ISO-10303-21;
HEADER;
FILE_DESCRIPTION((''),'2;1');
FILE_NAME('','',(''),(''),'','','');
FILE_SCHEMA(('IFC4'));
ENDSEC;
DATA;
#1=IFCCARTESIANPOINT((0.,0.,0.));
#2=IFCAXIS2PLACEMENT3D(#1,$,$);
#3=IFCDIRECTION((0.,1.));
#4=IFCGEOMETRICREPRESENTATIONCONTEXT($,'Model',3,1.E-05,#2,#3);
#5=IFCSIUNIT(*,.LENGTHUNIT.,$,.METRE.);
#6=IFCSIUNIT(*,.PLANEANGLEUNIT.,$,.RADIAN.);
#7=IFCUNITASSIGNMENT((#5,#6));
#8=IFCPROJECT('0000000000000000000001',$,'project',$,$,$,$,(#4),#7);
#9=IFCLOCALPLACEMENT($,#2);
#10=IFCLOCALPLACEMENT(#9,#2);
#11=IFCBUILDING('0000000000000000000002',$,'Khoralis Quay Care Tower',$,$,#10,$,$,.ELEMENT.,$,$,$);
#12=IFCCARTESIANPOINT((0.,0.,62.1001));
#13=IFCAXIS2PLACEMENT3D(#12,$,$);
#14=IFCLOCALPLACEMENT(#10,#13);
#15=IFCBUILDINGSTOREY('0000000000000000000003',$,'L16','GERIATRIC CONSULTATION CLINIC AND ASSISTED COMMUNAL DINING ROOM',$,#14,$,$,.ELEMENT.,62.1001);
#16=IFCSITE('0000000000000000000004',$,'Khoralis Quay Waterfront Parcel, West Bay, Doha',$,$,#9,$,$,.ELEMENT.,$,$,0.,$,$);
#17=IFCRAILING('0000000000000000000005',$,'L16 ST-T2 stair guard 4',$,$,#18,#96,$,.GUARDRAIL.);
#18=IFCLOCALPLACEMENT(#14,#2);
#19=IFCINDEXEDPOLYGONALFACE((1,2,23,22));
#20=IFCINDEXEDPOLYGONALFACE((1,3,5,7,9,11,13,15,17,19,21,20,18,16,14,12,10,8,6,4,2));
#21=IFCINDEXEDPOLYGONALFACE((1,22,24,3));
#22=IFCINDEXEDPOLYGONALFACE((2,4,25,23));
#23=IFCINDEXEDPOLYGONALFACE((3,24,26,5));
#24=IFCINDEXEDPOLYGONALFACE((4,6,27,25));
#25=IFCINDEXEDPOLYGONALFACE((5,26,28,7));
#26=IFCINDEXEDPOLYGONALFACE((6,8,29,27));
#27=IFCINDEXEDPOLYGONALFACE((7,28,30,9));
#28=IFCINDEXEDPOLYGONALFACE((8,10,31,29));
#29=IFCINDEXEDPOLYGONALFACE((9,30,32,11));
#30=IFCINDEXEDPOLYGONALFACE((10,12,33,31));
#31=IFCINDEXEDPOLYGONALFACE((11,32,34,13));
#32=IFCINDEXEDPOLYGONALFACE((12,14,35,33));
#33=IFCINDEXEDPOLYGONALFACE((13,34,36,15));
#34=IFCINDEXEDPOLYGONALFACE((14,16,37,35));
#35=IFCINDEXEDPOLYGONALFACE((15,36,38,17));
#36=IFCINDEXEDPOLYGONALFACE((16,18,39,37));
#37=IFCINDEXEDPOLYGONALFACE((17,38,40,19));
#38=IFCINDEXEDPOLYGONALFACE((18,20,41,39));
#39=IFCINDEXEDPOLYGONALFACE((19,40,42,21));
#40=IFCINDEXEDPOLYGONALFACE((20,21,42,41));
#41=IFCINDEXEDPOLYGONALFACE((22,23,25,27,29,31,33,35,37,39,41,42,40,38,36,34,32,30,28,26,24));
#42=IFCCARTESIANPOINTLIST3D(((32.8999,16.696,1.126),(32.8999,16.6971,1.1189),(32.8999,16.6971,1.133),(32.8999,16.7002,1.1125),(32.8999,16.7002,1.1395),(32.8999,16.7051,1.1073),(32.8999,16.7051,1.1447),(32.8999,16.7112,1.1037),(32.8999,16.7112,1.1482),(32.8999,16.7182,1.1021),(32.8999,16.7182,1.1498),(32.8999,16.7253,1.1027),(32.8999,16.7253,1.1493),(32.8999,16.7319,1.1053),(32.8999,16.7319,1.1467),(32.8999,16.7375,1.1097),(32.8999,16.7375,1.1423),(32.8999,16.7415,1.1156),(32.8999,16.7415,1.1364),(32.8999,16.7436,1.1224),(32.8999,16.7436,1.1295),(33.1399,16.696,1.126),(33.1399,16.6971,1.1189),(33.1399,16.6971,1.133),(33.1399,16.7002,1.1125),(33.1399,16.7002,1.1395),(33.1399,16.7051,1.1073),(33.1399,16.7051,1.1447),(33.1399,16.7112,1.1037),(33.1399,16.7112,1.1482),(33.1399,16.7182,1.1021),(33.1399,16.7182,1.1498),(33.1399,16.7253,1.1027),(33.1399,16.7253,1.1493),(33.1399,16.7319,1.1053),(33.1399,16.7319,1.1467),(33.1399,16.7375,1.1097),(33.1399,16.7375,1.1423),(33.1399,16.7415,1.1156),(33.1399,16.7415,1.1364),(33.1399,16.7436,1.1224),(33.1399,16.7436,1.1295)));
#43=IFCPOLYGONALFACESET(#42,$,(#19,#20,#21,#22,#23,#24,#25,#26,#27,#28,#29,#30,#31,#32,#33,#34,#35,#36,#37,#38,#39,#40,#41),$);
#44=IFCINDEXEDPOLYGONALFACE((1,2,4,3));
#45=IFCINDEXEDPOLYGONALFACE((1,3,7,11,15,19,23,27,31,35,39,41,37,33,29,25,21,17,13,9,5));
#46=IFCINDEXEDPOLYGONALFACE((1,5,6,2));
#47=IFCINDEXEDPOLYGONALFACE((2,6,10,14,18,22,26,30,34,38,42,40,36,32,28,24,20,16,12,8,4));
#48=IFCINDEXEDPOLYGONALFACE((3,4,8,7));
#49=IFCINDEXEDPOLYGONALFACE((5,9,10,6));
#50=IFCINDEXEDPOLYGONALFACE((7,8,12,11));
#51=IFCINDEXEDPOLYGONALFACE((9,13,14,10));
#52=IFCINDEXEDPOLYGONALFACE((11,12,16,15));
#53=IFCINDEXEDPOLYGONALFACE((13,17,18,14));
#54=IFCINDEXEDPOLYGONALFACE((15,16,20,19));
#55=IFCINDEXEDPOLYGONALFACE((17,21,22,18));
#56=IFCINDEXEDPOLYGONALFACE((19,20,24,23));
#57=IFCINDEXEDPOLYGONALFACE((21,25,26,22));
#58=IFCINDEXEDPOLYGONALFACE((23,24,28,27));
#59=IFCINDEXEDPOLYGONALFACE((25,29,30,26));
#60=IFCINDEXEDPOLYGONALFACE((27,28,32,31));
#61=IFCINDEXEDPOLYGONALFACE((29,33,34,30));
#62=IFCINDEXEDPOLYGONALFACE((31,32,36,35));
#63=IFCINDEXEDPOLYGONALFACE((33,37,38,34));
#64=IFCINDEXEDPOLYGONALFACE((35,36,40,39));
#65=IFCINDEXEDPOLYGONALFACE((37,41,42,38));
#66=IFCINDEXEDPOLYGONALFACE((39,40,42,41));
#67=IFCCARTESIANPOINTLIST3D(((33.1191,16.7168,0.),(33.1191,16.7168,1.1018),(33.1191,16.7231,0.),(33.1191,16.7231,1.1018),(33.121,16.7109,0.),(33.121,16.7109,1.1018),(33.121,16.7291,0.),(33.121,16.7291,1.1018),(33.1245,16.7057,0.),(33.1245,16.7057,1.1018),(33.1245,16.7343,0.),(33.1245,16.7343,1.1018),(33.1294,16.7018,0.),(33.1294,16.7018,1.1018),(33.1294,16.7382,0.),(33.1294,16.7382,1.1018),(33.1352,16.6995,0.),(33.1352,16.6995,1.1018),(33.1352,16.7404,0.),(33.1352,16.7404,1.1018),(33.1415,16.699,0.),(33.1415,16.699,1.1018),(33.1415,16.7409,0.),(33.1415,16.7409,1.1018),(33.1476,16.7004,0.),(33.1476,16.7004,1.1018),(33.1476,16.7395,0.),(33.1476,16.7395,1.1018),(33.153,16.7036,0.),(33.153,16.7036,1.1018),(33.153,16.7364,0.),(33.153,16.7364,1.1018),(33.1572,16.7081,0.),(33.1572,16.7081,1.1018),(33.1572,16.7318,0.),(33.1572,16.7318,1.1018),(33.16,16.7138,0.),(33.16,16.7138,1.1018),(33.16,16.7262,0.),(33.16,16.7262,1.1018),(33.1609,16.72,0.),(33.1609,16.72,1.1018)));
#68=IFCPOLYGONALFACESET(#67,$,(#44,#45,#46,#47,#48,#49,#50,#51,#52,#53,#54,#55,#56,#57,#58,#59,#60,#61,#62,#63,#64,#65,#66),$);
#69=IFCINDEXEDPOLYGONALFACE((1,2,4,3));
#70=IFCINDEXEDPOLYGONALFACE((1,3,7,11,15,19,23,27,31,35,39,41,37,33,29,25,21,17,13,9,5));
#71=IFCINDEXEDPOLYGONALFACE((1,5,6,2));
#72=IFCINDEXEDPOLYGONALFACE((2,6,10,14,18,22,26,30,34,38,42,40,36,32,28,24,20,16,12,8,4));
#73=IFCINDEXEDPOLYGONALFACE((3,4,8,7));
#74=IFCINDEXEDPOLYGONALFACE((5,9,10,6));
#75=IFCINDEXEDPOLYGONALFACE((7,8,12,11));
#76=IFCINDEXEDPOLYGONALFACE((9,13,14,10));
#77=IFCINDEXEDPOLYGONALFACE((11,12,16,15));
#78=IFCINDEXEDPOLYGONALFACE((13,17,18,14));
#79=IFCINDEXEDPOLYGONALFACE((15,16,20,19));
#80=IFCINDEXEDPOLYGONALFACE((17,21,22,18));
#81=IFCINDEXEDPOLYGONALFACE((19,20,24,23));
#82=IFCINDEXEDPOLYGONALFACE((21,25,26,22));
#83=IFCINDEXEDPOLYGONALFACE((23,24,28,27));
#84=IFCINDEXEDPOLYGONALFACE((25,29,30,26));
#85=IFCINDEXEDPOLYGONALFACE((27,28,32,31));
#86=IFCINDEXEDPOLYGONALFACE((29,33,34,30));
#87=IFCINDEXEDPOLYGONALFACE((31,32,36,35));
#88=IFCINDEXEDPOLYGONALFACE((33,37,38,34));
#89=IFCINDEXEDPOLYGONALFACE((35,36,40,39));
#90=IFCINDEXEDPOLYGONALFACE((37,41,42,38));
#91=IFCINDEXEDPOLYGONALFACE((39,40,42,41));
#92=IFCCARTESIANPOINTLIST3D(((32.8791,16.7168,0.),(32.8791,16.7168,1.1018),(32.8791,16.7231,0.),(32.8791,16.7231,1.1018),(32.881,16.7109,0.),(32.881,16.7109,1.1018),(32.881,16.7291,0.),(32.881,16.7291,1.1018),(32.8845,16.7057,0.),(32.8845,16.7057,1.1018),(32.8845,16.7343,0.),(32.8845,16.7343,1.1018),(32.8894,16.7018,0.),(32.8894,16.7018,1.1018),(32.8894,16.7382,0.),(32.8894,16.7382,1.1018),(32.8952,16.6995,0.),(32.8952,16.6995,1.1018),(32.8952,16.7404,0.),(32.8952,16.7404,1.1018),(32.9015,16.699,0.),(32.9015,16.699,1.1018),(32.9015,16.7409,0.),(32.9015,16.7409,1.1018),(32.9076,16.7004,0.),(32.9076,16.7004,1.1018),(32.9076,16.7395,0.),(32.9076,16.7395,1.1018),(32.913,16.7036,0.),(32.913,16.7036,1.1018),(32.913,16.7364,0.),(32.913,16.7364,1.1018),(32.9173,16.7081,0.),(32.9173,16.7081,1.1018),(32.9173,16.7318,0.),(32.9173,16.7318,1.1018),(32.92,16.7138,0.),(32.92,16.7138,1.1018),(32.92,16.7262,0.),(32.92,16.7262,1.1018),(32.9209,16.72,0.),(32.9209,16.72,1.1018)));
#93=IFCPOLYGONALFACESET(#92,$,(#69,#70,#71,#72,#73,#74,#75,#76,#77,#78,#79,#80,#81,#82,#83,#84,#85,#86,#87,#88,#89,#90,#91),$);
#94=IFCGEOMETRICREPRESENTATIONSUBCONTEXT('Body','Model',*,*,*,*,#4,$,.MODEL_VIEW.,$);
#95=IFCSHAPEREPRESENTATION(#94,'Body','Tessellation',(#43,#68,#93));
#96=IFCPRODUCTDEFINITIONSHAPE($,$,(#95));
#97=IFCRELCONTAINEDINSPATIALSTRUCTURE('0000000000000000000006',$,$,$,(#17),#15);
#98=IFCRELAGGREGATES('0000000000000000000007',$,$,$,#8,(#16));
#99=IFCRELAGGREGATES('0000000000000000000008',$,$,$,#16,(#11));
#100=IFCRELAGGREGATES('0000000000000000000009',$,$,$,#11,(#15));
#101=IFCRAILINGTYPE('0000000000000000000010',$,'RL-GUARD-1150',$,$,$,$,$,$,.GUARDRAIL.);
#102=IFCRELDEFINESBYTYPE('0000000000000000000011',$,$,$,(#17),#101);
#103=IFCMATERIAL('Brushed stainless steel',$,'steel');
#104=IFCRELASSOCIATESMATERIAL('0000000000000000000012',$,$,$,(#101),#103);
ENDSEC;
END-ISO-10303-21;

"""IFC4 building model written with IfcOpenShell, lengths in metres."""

from ifc_helpers import new_model, si_unit, direction, frame, origin, origin_2d, place, context, subcontext, project, spatial, circle, extrude, material, type_object, element, save


model = new_model("IFC4")

# Units and contexts
model_context = context("Model", 3, precision=1e-05, world=origin(), true_north=direction((0.0, 1.0)))
body_context = subcontext(model_context, "Body", "Model", "MODEL_VIEW")
ifc_project = project(units=[si_unit("LENGTHUNIT", "METRE"), si_unit("PLANEANGLEUNIT", "RADIAN")], contexts=[model_context])

# Site, building, storey
site_placement = place(None, origin())
site = spatial("IfcSite", under=ifc_project, at=site_placement, Name="Khoralis Quay Waterfront Parcel, West Bay, Doha", CompositionType="ELEMENT", RefElevation=0.0)
building_placement = place(site_placement, origin())
building = spatial("IfcBuilding", under=site, at=building_placement, Name="Khoralis Quay Care Tower", CompositionType="ELEMENT")
storey_placement = place(building_placement, frame((0.0, 0.0, 62.1001)))
storey = spatial("IfcBuildingStorey", under=building, at=storey_placement, Name="L16", Description="GERIATRIC CONSULTATION CLINIC AND ASSISTED COMMUNAL DINING ROOM", CompositionType="ELEMENT", Elevation=62.1001)

# Shared definitions
ifc_material_1 = material(Name="Brushed stainless steel", Category="steel")

# Railing
railing_type_1 = type_object("IfcRailingType", Name="RL-GUARD-1150", PredefinedType="GUARDRAIL", material=ifc_material_1)
railing_1_placement = place(storey_placement, frame((33.1399, 16.72, 0.0)))
element("IfcRailing", 1, at=railing_1_placement, inside=storey, type_object=railing_type_1, Name="L16 ST-T2 stair guard 4", PredefinedType="GUARDRAIL", context=body_context, shape_type="SweptSolid", body=[
    extrude(circle(Radius=0.0239, at=origin_2d()), frame((0.0, 0.0, 1.126), z_axis=(-1.0, 0.0, 0.0), x_axis=(0.0, -1.0, 0.0)), (0.0, 0.0, 1.0), 0.24),
    extrude(circle(Radius=0.021, at=origin_2d()), origin(), (0.0, 0.0, 1.0), 1.1018),
    extrude(circle(Radius=0.021, at=origin_2d()), frame((-0.24, 0.0, 0.0)), (0.0, 0.0, 1.0), 1.1018),
])

save(model, "model.ifc")
